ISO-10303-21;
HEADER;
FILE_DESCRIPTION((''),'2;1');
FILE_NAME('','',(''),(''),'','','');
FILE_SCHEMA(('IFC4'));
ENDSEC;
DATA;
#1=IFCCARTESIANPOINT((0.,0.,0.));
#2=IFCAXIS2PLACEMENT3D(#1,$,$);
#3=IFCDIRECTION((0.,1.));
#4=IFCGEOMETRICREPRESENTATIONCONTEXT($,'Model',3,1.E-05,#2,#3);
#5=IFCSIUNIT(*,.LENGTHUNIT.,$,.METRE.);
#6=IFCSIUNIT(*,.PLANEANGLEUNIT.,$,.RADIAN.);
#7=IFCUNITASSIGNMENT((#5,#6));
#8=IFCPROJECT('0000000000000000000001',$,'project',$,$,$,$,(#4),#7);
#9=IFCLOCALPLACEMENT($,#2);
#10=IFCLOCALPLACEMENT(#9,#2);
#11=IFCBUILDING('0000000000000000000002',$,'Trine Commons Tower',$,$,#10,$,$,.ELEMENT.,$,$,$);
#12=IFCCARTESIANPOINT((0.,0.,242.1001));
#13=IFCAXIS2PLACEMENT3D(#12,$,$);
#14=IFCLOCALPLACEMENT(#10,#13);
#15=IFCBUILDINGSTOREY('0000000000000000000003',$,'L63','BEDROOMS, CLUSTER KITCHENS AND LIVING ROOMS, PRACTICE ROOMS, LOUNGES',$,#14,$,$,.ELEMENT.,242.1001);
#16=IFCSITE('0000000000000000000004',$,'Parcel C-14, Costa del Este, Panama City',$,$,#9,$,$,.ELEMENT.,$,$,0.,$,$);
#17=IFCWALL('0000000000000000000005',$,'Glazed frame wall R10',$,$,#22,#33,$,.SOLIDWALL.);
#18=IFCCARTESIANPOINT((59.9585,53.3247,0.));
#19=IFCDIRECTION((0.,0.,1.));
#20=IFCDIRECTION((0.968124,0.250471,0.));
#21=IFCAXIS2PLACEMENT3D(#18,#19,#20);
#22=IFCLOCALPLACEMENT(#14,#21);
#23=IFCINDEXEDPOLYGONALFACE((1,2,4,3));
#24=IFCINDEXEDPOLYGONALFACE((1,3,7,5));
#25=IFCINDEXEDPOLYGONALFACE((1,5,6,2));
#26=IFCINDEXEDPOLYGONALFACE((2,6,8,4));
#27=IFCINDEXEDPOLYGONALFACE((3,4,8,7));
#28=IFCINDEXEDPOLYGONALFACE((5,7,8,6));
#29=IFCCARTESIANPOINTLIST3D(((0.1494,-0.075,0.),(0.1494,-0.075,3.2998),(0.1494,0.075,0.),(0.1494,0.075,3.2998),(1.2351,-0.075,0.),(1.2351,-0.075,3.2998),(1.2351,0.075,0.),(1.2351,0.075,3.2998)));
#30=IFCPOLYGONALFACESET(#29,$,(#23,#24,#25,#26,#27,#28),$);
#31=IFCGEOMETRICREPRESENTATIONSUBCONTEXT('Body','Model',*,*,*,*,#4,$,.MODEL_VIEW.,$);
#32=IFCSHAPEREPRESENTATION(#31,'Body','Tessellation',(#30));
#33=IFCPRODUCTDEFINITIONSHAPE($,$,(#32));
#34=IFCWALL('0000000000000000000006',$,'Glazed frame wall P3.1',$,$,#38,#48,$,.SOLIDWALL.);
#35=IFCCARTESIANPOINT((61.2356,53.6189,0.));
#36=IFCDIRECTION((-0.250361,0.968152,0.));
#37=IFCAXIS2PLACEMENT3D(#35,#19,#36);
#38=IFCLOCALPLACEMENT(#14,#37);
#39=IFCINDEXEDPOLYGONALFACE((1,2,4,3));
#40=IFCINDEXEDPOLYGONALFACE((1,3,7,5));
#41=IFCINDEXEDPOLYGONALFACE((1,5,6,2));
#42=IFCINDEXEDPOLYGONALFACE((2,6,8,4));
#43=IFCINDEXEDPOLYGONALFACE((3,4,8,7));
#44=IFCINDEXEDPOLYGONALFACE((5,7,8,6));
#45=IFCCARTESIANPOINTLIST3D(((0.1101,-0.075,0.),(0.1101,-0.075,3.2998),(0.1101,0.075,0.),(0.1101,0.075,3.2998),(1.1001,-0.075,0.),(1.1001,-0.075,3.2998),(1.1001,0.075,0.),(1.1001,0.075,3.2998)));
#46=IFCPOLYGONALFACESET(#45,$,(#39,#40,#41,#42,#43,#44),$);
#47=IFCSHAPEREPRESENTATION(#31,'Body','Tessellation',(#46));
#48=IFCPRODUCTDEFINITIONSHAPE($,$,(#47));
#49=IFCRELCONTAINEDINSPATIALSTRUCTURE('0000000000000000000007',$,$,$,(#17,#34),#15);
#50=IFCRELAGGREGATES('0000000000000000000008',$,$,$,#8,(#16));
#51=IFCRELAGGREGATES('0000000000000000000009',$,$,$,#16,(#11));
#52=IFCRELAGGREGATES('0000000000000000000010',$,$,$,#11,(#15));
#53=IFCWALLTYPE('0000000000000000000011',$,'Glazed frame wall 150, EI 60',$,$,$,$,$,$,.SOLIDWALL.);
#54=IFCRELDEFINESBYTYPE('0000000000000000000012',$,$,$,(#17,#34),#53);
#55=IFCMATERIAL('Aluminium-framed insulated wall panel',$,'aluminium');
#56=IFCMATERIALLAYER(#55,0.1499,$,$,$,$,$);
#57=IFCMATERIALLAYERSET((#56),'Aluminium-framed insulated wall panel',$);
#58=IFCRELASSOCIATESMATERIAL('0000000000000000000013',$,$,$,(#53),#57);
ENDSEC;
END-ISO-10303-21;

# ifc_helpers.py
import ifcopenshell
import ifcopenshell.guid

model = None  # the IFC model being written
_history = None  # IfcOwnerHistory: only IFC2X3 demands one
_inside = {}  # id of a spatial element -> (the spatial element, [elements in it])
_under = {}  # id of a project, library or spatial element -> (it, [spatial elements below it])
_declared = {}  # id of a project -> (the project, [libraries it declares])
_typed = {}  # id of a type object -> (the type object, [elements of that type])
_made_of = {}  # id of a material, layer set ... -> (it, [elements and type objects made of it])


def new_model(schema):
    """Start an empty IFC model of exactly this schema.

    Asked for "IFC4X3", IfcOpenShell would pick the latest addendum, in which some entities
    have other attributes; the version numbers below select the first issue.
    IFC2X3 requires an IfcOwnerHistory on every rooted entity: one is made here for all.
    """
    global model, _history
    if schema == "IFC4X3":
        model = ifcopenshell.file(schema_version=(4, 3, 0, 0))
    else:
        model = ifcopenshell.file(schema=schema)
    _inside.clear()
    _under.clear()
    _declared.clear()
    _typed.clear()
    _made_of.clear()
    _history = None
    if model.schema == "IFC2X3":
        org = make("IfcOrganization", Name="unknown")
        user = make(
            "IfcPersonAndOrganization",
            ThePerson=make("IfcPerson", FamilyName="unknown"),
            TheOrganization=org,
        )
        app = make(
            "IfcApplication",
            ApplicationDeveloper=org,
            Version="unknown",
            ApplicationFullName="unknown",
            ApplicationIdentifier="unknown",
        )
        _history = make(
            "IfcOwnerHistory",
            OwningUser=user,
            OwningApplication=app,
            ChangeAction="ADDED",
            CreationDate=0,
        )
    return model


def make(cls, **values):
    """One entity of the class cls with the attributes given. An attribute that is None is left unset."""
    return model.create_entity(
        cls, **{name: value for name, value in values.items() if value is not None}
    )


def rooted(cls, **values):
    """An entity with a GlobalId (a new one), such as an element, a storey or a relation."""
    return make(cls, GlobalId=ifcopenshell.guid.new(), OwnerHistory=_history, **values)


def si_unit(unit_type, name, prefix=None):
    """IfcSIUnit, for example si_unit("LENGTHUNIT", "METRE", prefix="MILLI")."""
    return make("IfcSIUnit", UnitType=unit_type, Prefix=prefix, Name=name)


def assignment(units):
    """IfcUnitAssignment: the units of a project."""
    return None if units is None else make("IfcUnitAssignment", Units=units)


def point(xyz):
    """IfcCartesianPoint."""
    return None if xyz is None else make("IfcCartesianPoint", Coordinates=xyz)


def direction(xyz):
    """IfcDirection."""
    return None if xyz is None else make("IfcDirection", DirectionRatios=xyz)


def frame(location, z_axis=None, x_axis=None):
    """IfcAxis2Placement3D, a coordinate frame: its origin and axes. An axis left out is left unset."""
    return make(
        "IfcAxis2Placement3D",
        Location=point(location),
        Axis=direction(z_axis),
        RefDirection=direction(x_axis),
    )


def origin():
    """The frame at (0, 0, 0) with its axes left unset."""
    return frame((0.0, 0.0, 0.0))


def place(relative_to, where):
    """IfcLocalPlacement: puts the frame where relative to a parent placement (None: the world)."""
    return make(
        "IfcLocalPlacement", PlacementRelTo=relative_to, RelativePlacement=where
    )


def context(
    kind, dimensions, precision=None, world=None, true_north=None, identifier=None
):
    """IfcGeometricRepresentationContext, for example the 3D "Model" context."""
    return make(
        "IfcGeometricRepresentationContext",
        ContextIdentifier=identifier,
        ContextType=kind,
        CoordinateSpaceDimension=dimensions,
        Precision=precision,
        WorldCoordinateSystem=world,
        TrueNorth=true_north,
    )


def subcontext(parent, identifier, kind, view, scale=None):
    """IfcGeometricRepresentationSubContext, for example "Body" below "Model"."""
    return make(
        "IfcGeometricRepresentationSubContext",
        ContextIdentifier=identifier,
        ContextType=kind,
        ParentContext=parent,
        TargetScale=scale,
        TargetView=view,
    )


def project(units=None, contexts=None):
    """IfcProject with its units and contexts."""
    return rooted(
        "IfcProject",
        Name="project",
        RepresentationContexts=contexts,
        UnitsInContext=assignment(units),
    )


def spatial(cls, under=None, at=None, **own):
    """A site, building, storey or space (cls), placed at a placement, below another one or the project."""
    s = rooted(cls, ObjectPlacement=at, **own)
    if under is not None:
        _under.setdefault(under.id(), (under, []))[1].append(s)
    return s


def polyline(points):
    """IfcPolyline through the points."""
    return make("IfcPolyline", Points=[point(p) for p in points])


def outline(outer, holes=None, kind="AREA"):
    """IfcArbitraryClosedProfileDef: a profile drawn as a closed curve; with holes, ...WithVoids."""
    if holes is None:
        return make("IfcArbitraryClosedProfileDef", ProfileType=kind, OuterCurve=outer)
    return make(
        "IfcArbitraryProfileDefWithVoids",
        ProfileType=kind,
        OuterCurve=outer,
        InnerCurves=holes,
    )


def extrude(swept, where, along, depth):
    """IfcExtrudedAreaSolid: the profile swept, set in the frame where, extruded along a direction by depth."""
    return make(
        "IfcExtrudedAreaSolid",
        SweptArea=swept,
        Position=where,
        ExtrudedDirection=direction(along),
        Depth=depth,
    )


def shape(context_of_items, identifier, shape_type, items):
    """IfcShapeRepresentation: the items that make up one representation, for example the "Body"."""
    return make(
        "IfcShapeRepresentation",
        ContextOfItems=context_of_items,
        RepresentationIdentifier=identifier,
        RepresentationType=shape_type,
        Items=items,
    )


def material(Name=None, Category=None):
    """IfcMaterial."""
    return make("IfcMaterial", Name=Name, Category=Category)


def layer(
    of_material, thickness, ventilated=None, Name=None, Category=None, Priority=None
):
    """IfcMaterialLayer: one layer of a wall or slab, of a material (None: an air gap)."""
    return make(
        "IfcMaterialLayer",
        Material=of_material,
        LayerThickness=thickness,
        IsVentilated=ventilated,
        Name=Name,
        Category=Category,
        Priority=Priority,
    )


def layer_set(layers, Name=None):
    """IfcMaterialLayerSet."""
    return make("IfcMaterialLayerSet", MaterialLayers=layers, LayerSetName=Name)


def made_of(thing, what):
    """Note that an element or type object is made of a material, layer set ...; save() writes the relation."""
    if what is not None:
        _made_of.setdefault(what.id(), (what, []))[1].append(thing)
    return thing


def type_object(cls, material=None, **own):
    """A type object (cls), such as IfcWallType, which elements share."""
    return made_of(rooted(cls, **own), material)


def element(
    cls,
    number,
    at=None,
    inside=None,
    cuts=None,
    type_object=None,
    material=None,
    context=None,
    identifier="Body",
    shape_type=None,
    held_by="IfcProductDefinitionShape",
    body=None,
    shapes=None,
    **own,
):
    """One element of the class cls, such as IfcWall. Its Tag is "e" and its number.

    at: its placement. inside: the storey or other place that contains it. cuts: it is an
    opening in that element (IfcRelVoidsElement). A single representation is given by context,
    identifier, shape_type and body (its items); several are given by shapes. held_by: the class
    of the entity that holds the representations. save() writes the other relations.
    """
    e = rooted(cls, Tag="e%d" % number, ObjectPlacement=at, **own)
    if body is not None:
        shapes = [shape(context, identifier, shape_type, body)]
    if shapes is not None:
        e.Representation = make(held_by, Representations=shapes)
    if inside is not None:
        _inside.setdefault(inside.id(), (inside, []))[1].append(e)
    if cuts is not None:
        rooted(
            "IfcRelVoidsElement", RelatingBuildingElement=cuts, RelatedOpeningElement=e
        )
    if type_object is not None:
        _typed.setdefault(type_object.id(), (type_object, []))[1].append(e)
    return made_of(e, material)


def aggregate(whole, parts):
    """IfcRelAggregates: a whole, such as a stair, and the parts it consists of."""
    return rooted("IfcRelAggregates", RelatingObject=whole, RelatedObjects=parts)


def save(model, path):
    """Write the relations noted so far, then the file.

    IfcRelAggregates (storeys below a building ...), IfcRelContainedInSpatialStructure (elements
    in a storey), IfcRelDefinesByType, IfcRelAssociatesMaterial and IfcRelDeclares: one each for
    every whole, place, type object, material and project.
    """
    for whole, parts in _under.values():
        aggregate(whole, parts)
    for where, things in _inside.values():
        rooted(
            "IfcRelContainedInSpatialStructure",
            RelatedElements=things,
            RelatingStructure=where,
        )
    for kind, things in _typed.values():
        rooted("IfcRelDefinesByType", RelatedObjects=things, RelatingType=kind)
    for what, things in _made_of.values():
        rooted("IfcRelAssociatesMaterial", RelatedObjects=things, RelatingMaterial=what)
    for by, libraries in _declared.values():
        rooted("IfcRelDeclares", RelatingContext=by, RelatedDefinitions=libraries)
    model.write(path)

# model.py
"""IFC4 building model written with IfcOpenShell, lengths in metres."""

from ifc_helpers import new_model, si_unit, direction, frame, origin, place, context, subcontext, project, spatial, polyline, outline, extrude, material, layer, layer_set, type_object, element, save


model = new_model("IFC4")

# Units and contexts
model_context = context("Model", 3, precision=1e-05, world=origin(), true_north=direction((0.0, 1.0)))
body_context = subcontext(model_context, "Body", "Model", "MODEL_VIEW")
ifc_project = project(units=[si_unit("LENGTHUNIT", "METRE"), si_unit("PLANEANGLEUNIT", "RADIAN")], contexts=[model_context])

# Site, building, storey
site_placement = place(None, origin())
site = spatial("IfcSite", under=ifc_project, at=site_placement, Name="Parcel C-14, Costa del Este, Panama City", CompositionType="ELEMENT", RefElevation=0.0)
building_placement = place(site_placement, origin())
building = spatial("IfcBuilding", under=site, at=building_placement, Name="Trine Commons Tower", CompositionType="ELEMENT")
storey_placement = place(building_placement, frame((0.0, 0.0, 242.1001)))
storey = spatial("IfcBuildingStorey", under=building, at=storey_placement, Name="L63", Description="BEDROOMS, CLUSTER KITCHENS AND LIVING ROOMS, PRACTICE ROOMS, LOUNGES", CompositionType="ELEMENT", Elevation=242.1001)

# Walls
ifc_material_1 = material(Name="Aluminium-framed insulated wall panel", Category="aluminium")
ifc_layer_1 = layer(ifc_material_1, 0.1499)
ifc_layer_set_1 = layer_set([ifc_layer_1], Name="Aluminium-framed insulated wall panel")
wall_type_1 = type_object("IfcWallType", Name="Glazed frame wall 150, EI 60", PredefinedType="SOLIDWALL", material=ifc_layer_set_1)
wall_1_placement = place(storey_placement, frame((59.9585, 53.3247, 0.0), z_axis=(0.0, 0.0, 1.0), x_axis=(0.968124, 0.250471, 0.0)))
element("IfcWall", 1, at=wall_1_placement, inside=storey, type_object=wall_type_1, Name="Glazed frame wall R10", PredefinedType="SOLIDWALL", context=body_context, shape_type="SweptSolid", body=[
    extrude(outline(polyline([(0.1494, 0.075), (0.1494, -0.075), (1.2351, -0.075), (1.2351, 0.075), (0.1494, 0.075)])), origin(), (0.0, 0.0, 1.0), 3.2998),
])
wall_2_placement = place(storey_placement, frame((61.2356, 53.6189, 0.0), z_axis=(0.0, 0.0, 1.0), x_axis=(-0.250361, 0.968152, 0.0)))
element("IfcWall", 2, at=wall_2_placement, inside=storey, type_object=wall_type_1, Name="Glazed frame wall P3.1", PredefinedType="SOLIDWALL", context=body_context, shape_type="SweptSolid", body=[
    extrude(outline(polyline([(0.1101, -0.075), (1.1001, -0.075), (1.1001, 0.075), (0.1101, 0.075), (0.1101, -0.075)])), origin(), (0.0, 0.0, 1.0), 3.2998),
])

save(model, "model.ifc")
